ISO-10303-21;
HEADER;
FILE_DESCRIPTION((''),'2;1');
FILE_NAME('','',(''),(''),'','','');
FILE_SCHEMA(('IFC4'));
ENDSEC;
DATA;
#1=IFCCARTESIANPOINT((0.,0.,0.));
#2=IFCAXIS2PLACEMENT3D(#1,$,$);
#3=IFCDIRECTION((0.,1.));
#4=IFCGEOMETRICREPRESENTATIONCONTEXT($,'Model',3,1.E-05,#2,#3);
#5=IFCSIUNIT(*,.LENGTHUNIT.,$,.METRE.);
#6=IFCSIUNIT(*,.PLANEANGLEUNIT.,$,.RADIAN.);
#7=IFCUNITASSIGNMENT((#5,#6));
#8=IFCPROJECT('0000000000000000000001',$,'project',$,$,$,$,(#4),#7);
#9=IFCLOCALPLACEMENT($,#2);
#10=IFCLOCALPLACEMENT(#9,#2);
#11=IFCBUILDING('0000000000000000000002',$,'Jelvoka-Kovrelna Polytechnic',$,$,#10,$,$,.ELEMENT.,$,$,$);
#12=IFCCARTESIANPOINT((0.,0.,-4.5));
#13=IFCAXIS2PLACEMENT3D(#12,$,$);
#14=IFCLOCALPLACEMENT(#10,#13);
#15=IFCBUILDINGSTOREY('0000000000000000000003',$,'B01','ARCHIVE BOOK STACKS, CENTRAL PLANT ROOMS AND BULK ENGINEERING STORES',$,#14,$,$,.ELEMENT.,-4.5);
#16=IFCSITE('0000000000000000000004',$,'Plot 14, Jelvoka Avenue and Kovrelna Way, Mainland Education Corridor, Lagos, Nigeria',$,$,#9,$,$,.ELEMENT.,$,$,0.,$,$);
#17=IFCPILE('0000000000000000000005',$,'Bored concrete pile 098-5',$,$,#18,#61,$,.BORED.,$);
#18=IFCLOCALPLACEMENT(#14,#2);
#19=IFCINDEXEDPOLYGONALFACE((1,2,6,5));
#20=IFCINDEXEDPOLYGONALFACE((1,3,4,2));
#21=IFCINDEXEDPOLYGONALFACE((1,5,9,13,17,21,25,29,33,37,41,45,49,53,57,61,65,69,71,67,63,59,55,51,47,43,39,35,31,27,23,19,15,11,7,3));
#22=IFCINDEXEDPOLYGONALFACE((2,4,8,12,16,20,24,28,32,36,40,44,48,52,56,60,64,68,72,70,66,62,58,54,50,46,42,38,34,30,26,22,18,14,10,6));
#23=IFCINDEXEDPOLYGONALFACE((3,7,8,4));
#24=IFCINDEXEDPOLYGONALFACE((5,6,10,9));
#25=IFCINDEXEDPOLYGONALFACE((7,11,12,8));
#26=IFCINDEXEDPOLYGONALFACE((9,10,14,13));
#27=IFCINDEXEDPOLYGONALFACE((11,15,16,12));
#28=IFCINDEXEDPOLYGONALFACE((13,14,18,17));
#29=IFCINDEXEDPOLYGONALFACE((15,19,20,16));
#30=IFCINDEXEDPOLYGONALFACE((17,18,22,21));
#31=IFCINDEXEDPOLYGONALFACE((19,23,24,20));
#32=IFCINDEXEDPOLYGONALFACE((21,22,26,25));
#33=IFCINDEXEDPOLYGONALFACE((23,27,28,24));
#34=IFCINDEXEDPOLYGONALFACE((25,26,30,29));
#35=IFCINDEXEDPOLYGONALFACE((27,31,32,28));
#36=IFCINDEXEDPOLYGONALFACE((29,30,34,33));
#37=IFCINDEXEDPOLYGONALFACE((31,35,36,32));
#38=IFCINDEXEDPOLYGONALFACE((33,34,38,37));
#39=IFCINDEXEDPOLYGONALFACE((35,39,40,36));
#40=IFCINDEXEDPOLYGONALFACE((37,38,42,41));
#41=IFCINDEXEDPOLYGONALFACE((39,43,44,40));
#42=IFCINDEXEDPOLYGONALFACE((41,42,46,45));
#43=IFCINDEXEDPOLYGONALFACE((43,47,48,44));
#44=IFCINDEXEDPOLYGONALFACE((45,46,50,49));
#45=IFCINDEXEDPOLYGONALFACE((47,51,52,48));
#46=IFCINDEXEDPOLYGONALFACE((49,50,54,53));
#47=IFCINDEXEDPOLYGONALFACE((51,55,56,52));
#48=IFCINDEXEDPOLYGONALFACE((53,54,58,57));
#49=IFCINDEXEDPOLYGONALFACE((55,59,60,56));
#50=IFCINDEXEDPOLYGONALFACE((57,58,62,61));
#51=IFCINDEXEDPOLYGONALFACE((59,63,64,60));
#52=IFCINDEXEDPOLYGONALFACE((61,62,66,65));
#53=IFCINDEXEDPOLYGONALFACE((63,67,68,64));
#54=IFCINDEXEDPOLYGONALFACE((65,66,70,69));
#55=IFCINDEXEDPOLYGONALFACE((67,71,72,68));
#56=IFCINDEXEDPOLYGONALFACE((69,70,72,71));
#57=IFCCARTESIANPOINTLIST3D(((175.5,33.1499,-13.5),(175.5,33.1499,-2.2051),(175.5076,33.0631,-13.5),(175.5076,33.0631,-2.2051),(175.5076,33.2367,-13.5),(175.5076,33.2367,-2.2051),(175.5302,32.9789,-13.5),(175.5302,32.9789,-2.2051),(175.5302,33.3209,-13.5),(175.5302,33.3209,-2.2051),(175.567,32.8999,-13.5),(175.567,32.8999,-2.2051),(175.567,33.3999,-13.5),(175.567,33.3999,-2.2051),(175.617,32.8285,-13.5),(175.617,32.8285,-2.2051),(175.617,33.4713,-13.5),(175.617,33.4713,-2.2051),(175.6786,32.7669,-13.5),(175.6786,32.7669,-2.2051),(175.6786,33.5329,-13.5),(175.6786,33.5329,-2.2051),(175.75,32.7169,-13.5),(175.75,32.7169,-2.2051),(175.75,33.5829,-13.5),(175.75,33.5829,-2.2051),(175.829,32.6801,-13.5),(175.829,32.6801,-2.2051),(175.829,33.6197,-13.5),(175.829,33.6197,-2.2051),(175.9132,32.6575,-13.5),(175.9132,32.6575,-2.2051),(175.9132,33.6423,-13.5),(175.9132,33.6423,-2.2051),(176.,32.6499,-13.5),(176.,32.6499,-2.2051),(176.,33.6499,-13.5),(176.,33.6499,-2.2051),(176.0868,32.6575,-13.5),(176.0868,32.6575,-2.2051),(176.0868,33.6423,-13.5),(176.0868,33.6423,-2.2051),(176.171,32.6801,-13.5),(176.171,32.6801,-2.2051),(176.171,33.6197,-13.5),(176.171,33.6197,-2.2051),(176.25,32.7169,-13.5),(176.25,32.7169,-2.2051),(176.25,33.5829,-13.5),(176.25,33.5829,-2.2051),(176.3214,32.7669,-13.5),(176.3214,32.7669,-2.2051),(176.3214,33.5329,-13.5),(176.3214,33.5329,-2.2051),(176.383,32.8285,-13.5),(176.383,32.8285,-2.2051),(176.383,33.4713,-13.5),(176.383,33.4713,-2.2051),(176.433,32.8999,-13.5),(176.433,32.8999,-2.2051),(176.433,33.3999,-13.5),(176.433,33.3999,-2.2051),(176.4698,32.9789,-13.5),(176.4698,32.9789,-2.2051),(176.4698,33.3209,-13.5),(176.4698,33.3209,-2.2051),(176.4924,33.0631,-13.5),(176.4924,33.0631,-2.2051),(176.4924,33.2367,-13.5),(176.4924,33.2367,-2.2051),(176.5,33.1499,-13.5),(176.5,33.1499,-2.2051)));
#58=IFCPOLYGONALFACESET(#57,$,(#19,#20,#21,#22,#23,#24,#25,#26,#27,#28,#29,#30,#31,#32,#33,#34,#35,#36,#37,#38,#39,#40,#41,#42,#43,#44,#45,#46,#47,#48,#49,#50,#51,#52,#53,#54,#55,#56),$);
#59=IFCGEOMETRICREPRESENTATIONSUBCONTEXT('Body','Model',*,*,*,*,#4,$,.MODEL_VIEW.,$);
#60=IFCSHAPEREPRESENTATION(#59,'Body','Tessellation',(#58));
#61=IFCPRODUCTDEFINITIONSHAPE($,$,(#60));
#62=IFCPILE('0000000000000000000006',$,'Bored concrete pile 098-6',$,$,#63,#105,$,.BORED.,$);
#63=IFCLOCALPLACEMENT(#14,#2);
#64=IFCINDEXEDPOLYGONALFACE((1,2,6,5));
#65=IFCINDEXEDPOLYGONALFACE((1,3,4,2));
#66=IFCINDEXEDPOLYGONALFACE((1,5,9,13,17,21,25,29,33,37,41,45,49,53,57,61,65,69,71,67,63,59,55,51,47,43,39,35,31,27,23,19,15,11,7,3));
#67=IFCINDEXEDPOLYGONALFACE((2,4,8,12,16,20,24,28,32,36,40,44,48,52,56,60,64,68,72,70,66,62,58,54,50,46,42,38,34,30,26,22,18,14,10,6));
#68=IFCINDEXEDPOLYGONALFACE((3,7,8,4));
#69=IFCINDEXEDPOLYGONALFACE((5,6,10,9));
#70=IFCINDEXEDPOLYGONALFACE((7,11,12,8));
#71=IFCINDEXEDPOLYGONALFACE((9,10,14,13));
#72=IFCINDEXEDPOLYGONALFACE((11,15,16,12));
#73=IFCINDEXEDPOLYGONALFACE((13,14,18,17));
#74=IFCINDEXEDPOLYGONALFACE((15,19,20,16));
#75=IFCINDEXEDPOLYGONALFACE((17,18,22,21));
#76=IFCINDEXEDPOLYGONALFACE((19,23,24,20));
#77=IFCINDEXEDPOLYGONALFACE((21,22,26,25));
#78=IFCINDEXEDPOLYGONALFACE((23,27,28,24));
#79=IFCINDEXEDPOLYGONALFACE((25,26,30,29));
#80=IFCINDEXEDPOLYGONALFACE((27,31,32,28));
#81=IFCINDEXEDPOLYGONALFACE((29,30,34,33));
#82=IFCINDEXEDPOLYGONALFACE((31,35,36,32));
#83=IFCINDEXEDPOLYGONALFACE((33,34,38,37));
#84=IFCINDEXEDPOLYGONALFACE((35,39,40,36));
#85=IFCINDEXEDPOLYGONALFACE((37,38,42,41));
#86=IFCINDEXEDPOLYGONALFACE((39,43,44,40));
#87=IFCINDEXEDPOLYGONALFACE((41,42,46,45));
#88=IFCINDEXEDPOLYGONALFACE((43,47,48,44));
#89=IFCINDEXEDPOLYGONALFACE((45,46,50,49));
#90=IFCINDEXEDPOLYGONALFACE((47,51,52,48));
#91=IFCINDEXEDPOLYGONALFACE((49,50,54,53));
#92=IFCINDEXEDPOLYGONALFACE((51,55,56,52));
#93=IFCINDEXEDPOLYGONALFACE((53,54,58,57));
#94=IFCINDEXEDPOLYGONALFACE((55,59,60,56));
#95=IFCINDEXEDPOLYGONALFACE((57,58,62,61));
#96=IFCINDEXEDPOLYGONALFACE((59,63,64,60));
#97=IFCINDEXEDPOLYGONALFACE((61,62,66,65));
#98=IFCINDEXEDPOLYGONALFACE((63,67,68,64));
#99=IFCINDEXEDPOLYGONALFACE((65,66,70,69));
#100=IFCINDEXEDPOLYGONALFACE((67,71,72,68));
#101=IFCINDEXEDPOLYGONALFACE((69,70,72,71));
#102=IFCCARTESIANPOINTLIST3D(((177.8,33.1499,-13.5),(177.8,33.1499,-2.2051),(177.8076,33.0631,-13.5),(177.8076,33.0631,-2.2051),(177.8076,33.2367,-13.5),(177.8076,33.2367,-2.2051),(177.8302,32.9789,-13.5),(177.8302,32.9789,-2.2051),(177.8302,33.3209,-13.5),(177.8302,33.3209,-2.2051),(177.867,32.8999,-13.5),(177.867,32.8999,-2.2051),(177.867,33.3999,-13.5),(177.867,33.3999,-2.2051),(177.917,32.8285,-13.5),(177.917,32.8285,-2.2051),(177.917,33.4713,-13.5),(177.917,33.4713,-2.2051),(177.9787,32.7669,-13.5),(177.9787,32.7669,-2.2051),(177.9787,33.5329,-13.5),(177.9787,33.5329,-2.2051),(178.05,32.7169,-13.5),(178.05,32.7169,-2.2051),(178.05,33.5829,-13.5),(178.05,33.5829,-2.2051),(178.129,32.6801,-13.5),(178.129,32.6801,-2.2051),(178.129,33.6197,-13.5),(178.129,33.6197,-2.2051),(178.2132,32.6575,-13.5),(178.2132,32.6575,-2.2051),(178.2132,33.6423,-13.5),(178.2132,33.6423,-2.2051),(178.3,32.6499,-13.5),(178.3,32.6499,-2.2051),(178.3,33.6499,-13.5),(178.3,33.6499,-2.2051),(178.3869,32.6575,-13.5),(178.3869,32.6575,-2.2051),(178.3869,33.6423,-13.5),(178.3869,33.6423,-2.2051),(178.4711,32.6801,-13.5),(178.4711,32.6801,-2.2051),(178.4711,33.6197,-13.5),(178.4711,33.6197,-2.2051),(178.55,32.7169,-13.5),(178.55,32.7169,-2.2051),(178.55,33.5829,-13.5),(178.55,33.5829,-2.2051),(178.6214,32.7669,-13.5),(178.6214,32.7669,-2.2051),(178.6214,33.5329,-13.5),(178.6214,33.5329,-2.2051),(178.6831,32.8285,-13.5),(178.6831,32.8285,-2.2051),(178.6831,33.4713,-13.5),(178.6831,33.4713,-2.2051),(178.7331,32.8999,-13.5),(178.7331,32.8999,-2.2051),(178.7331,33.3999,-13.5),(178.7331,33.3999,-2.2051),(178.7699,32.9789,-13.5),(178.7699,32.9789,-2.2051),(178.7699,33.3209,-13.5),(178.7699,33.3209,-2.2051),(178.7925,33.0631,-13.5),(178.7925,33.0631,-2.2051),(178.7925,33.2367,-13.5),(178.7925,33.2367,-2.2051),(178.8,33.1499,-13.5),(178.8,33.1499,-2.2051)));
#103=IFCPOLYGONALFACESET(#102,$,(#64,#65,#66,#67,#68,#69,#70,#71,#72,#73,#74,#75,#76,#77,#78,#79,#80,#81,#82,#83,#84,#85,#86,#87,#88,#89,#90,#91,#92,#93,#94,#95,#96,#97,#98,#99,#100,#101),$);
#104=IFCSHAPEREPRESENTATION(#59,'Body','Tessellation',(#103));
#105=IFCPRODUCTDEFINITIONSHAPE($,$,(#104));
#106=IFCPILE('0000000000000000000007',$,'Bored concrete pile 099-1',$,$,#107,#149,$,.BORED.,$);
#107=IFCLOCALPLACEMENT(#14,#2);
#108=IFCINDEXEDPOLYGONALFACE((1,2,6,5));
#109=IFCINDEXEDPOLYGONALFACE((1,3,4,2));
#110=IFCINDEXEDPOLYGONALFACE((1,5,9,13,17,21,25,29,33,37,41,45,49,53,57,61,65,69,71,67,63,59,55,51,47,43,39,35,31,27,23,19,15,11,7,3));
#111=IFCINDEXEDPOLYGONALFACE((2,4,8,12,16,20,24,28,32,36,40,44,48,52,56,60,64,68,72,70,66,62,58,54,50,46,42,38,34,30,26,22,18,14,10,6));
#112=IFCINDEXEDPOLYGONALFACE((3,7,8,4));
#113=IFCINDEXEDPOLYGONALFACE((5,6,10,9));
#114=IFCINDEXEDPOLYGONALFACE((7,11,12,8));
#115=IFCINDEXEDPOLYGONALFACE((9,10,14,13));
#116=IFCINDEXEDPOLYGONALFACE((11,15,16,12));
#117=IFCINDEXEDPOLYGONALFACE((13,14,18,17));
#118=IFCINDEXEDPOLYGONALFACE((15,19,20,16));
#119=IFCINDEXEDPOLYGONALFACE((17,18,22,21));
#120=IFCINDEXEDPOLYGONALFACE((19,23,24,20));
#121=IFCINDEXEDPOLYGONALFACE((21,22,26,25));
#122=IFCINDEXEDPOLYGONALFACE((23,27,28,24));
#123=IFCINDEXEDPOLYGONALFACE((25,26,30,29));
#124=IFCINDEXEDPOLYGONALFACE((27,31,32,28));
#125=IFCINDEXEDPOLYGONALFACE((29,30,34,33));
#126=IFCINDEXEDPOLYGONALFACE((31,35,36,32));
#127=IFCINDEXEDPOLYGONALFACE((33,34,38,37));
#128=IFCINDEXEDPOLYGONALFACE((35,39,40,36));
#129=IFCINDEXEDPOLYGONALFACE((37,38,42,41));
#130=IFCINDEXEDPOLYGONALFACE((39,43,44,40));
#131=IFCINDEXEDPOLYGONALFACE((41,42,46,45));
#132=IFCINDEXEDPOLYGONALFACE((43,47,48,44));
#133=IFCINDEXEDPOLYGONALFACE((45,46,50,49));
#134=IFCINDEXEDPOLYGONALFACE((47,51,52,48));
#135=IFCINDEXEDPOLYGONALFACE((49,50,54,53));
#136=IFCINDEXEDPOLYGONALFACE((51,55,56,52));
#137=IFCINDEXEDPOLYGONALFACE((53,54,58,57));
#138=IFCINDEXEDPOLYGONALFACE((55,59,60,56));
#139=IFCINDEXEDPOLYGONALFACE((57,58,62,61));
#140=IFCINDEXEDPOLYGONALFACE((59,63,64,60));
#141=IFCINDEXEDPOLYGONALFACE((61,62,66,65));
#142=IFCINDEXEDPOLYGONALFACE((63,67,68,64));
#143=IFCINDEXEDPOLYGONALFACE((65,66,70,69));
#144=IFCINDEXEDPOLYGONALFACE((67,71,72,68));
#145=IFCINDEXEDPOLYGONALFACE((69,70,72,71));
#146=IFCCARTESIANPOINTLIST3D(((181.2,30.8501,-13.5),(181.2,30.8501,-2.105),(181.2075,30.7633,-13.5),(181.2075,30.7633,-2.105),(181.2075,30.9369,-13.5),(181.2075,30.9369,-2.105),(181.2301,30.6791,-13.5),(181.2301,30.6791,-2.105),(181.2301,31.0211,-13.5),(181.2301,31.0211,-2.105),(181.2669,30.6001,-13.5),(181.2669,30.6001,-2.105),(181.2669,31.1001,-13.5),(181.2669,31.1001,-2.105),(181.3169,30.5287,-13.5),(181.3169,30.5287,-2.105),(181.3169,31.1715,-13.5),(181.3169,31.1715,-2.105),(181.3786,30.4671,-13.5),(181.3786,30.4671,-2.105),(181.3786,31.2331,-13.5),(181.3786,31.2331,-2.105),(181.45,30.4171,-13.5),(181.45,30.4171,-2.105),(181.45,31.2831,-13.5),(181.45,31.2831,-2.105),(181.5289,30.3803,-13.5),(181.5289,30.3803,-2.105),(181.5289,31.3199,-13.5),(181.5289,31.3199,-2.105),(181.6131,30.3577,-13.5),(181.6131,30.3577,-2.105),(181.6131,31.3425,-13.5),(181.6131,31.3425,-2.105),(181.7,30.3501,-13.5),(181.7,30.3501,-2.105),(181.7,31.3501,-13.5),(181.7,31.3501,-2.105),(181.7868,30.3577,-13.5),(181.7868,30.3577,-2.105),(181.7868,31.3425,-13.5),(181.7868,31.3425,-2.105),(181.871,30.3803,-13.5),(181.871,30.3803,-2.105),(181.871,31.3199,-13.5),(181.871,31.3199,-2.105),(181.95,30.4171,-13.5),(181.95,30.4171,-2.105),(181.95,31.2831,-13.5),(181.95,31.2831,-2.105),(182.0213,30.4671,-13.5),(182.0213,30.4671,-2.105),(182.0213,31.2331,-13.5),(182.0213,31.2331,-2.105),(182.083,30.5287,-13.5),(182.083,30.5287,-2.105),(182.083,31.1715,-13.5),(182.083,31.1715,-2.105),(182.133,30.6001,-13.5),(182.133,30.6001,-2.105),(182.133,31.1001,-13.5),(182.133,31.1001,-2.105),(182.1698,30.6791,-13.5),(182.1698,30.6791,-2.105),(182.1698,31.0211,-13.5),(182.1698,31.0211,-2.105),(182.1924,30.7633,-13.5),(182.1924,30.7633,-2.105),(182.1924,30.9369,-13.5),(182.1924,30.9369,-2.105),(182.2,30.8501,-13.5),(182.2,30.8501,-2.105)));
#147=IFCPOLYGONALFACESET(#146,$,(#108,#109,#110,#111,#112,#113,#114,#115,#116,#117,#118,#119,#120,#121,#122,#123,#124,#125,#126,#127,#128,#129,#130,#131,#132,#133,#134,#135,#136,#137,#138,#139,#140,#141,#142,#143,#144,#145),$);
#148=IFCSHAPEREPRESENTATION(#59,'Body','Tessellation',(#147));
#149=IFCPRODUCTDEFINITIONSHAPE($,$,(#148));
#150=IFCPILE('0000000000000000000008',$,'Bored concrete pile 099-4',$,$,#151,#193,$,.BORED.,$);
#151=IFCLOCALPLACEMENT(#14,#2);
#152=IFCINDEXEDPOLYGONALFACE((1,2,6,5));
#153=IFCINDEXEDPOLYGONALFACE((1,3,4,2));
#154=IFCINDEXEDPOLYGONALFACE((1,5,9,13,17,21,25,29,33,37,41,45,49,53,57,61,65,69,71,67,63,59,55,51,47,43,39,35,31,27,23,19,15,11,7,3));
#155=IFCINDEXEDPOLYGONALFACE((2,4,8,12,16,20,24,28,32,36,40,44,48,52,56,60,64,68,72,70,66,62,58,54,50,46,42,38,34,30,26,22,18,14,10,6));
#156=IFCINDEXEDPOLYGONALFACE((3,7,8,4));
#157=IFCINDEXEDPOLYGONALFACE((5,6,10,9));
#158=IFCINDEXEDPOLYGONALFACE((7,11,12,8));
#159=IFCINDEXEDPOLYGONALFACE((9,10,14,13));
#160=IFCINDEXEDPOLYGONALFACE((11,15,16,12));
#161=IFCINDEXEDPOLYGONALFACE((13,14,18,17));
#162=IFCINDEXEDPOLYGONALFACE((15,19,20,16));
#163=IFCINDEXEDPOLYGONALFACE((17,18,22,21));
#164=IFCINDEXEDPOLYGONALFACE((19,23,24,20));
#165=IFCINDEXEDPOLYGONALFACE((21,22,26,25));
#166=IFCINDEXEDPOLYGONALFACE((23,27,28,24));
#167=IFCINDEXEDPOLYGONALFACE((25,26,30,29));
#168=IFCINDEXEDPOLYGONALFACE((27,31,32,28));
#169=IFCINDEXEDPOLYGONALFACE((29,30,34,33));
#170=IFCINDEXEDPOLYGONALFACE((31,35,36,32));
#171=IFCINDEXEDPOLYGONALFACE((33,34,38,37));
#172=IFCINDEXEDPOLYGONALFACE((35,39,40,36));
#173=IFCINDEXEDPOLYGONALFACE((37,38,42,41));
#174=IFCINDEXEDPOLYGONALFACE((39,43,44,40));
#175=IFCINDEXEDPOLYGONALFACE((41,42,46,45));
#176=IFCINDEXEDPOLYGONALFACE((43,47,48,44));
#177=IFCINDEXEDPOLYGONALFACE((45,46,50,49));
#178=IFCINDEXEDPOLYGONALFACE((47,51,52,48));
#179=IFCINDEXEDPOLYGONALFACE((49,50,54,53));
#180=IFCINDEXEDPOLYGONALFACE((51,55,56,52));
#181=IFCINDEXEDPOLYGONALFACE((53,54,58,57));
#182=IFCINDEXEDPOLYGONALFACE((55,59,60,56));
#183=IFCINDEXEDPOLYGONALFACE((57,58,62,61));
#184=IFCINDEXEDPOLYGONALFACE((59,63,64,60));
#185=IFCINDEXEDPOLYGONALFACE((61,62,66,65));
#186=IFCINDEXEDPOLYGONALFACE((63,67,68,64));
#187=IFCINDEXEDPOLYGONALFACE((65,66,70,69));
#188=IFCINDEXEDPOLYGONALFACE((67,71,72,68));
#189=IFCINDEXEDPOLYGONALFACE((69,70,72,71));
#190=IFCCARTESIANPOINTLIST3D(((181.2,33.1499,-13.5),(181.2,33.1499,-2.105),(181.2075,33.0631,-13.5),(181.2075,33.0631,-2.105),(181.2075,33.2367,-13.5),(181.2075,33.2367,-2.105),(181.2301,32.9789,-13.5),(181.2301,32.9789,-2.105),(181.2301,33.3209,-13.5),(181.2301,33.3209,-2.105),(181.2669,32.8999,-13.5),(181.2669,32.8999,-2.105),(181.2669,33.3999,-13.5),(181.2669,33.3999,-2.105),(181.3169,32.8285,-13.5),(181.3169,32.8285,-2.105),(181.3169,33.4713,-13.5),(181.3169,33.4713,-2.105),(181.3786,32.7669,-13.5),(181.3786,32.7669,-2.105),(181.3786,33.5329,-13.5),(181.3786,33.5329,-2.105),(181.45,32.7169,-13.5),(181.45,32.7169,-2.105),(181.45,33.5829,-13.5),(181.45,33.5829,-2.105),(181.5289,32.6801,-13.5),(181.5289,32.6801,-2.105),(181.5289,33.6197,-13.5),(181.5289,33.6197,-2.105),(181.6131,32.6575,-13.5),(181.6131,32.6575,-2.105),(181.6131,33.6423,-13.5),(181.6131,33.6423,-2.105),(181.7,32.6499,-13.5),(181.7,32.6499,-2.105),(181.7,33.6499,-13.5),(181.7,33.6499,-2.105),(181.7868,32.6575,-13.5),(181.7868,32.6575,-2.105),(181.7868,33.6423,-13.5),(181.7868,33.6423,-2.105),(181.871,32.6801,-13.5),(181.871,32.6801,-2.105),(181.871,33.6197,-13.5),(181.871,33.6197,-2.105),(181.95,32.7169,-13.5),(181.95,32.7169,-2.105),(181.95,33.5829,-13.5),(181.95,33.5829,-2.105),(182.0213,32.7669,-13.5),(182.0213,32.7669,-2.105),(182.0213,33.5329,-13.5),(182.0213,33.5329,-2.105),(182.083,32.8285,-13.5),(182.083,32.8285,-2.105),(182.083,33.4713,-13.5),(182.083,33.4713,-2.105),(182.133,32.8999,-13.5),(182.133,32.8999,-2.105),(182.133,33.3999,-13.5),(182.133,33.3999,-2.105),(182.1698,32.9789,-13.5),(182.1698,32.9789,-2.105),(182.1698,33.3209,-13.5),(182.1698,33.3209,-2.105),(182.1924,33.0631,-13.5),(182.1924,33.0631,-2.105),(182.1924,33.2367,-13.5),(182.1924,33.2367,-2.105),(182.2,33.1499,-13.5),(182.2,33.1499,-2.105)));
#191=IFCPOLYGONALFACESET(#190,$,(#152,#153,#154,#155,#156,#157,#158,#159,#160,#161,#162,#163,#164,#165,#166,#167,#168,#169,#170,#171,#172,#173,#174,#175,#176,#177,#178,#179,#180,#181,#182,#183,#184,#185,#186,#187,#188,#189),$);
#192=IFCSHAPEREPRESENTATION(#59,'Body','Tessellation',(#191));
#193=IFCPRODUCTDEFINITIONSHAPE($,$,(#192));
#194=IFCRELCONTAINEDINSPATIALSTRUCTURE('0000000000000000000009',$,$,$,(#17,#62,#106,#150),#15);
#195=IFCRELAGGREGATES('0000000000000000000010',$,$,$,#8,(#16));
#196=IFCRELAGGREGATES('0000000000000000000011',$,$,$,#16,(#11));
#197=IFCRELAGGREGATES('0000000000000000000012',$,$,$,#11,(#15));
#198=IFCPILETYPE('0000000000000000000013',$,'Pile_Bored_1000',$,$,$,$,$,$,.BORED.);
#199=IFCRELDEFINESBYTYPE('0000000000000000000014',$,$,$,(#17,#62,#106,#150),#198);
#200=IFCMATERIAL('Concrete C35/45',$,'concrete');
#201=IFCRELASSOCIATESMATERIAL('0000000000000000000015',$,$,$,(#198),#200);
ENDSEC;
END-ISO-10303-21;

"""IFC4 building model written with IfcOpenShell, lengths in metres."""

from ifc_helpers import new_model, si_unit, direction, frame, origin, origin_2d, place, context, subcontext, project, spatial, circle, extrude, material, material_profile, profile_set, type_object, element, save


model = new_model("IFC4")

# Units and contexts
model_context = context("Model", 3, precision=1e-05, world=origin(), true_north=direction((0.0, 1.0)))
body_context = subcontext(model_context, "Body", "Model", "MODEL_VIEW")
ifc_project = project(units=[si_unit("LENGTHUNIT", "METRE"), si_unit("PLANEANGLEUNIT", "RADIAN")], contexts=[model_context])

# Site, building, storey
site_placement = place(None, origin())
site = spatial("IfcSite", under=ifc_project, at=site_placement, Name="Plot 14, Jelvoka Avenue and Kovrelna Way, Mainland Education Corridor, Lagos, Nigeria", CompositionType="ELEMENT", RefElevation=0.0)
building_placement = place(site_placement, origin())
building = spatial("IfcBuilding", under=site, at=building_placement, Name="Jelvoka-Kovrelna Polytechnic", CompositionType="ELEMENT")
storey_placement = place(building_placement, frame((0.0, 0.0, -4.5)))
storey = spatial("IfcBuildingStorey", under=building, at=storey_placement, Name="B01", Description="ARCHIVE BOOK STACKS, CENTRAL PLANT ROOMS AND BULK ENGINEERING STORES", CompositionType="ELEMENT", Elevation=-4.5)

# Piles
ifc_material_1 = material(Name="Concrete C35/45", Category="concrete")
ifc_material_profile_1 = material_profile(ifc_material_1, circle(Radius=0.5, at=origin_2d()), Name="PILE D1000")
ifc_profile_set_1 = profile_set([ifc_material_profile_1], Name="Concrete C35/45")
pile_type = type_object("IfcPileType", Name="Pile_Bored_1000", PredefinedType="BORED", material=ifc_profile_set_1)
for number, where, z_axis, x_axis, name in (
    (1, (176.0, 33.1499, -2.2051), (0.0, 0.0, -1.0), (1.0, 0.0, 0.0), "Bored concrete pile 098-5"),
    (2, (178.3, 33.1499, -2.2051), (0.0, 0.0, -1.0), (1.0, 0.0, 0.0), "Bored concrete pile 098-6"),
):
    element("IfcPile", number, at=place(storey_placement, frame(where, z_axis=z_axis, x_axis=x_axis)), inside=storey, type_object=pile_type, Name=name, PredefinedType="BORED", context=body_context, shape_type="SweptSolid", body=[
        extrude(circle(Radius=0.5, at=origin_2d()), origin(), (0.0, 0.0, 1.0), 11.2949),
    ])
for number, where, z_axis, x_axis, name in (
    (3, (181.7, 30.8501, -2.105), (0.0, 0.0, -1.0), (1.0, 0.0, 0.0), "Bored concrete pile 099-1"),
    (4, (181.7, 33.1499, -2.105), (0.0, 0.0, -1.0), (1.0, 0.0, 0.0), "Bored concrete pile 099-4"),
):
    element("IfcPile", number, at=place(storey_placement, frame(where, z_axis=z_axis, x_axis=x_axis)), inside=storey, type_object=pile_type, Name=name, PredefinedType="BORED", context=body_context, shape_type="SweptSolid", body=[
        extrude(circle(Radius=0.5, at=origin_2d()), origin(), (0.0, 0.0, 1.0), 11.395),
    ])

save(model, "model.ifc")
